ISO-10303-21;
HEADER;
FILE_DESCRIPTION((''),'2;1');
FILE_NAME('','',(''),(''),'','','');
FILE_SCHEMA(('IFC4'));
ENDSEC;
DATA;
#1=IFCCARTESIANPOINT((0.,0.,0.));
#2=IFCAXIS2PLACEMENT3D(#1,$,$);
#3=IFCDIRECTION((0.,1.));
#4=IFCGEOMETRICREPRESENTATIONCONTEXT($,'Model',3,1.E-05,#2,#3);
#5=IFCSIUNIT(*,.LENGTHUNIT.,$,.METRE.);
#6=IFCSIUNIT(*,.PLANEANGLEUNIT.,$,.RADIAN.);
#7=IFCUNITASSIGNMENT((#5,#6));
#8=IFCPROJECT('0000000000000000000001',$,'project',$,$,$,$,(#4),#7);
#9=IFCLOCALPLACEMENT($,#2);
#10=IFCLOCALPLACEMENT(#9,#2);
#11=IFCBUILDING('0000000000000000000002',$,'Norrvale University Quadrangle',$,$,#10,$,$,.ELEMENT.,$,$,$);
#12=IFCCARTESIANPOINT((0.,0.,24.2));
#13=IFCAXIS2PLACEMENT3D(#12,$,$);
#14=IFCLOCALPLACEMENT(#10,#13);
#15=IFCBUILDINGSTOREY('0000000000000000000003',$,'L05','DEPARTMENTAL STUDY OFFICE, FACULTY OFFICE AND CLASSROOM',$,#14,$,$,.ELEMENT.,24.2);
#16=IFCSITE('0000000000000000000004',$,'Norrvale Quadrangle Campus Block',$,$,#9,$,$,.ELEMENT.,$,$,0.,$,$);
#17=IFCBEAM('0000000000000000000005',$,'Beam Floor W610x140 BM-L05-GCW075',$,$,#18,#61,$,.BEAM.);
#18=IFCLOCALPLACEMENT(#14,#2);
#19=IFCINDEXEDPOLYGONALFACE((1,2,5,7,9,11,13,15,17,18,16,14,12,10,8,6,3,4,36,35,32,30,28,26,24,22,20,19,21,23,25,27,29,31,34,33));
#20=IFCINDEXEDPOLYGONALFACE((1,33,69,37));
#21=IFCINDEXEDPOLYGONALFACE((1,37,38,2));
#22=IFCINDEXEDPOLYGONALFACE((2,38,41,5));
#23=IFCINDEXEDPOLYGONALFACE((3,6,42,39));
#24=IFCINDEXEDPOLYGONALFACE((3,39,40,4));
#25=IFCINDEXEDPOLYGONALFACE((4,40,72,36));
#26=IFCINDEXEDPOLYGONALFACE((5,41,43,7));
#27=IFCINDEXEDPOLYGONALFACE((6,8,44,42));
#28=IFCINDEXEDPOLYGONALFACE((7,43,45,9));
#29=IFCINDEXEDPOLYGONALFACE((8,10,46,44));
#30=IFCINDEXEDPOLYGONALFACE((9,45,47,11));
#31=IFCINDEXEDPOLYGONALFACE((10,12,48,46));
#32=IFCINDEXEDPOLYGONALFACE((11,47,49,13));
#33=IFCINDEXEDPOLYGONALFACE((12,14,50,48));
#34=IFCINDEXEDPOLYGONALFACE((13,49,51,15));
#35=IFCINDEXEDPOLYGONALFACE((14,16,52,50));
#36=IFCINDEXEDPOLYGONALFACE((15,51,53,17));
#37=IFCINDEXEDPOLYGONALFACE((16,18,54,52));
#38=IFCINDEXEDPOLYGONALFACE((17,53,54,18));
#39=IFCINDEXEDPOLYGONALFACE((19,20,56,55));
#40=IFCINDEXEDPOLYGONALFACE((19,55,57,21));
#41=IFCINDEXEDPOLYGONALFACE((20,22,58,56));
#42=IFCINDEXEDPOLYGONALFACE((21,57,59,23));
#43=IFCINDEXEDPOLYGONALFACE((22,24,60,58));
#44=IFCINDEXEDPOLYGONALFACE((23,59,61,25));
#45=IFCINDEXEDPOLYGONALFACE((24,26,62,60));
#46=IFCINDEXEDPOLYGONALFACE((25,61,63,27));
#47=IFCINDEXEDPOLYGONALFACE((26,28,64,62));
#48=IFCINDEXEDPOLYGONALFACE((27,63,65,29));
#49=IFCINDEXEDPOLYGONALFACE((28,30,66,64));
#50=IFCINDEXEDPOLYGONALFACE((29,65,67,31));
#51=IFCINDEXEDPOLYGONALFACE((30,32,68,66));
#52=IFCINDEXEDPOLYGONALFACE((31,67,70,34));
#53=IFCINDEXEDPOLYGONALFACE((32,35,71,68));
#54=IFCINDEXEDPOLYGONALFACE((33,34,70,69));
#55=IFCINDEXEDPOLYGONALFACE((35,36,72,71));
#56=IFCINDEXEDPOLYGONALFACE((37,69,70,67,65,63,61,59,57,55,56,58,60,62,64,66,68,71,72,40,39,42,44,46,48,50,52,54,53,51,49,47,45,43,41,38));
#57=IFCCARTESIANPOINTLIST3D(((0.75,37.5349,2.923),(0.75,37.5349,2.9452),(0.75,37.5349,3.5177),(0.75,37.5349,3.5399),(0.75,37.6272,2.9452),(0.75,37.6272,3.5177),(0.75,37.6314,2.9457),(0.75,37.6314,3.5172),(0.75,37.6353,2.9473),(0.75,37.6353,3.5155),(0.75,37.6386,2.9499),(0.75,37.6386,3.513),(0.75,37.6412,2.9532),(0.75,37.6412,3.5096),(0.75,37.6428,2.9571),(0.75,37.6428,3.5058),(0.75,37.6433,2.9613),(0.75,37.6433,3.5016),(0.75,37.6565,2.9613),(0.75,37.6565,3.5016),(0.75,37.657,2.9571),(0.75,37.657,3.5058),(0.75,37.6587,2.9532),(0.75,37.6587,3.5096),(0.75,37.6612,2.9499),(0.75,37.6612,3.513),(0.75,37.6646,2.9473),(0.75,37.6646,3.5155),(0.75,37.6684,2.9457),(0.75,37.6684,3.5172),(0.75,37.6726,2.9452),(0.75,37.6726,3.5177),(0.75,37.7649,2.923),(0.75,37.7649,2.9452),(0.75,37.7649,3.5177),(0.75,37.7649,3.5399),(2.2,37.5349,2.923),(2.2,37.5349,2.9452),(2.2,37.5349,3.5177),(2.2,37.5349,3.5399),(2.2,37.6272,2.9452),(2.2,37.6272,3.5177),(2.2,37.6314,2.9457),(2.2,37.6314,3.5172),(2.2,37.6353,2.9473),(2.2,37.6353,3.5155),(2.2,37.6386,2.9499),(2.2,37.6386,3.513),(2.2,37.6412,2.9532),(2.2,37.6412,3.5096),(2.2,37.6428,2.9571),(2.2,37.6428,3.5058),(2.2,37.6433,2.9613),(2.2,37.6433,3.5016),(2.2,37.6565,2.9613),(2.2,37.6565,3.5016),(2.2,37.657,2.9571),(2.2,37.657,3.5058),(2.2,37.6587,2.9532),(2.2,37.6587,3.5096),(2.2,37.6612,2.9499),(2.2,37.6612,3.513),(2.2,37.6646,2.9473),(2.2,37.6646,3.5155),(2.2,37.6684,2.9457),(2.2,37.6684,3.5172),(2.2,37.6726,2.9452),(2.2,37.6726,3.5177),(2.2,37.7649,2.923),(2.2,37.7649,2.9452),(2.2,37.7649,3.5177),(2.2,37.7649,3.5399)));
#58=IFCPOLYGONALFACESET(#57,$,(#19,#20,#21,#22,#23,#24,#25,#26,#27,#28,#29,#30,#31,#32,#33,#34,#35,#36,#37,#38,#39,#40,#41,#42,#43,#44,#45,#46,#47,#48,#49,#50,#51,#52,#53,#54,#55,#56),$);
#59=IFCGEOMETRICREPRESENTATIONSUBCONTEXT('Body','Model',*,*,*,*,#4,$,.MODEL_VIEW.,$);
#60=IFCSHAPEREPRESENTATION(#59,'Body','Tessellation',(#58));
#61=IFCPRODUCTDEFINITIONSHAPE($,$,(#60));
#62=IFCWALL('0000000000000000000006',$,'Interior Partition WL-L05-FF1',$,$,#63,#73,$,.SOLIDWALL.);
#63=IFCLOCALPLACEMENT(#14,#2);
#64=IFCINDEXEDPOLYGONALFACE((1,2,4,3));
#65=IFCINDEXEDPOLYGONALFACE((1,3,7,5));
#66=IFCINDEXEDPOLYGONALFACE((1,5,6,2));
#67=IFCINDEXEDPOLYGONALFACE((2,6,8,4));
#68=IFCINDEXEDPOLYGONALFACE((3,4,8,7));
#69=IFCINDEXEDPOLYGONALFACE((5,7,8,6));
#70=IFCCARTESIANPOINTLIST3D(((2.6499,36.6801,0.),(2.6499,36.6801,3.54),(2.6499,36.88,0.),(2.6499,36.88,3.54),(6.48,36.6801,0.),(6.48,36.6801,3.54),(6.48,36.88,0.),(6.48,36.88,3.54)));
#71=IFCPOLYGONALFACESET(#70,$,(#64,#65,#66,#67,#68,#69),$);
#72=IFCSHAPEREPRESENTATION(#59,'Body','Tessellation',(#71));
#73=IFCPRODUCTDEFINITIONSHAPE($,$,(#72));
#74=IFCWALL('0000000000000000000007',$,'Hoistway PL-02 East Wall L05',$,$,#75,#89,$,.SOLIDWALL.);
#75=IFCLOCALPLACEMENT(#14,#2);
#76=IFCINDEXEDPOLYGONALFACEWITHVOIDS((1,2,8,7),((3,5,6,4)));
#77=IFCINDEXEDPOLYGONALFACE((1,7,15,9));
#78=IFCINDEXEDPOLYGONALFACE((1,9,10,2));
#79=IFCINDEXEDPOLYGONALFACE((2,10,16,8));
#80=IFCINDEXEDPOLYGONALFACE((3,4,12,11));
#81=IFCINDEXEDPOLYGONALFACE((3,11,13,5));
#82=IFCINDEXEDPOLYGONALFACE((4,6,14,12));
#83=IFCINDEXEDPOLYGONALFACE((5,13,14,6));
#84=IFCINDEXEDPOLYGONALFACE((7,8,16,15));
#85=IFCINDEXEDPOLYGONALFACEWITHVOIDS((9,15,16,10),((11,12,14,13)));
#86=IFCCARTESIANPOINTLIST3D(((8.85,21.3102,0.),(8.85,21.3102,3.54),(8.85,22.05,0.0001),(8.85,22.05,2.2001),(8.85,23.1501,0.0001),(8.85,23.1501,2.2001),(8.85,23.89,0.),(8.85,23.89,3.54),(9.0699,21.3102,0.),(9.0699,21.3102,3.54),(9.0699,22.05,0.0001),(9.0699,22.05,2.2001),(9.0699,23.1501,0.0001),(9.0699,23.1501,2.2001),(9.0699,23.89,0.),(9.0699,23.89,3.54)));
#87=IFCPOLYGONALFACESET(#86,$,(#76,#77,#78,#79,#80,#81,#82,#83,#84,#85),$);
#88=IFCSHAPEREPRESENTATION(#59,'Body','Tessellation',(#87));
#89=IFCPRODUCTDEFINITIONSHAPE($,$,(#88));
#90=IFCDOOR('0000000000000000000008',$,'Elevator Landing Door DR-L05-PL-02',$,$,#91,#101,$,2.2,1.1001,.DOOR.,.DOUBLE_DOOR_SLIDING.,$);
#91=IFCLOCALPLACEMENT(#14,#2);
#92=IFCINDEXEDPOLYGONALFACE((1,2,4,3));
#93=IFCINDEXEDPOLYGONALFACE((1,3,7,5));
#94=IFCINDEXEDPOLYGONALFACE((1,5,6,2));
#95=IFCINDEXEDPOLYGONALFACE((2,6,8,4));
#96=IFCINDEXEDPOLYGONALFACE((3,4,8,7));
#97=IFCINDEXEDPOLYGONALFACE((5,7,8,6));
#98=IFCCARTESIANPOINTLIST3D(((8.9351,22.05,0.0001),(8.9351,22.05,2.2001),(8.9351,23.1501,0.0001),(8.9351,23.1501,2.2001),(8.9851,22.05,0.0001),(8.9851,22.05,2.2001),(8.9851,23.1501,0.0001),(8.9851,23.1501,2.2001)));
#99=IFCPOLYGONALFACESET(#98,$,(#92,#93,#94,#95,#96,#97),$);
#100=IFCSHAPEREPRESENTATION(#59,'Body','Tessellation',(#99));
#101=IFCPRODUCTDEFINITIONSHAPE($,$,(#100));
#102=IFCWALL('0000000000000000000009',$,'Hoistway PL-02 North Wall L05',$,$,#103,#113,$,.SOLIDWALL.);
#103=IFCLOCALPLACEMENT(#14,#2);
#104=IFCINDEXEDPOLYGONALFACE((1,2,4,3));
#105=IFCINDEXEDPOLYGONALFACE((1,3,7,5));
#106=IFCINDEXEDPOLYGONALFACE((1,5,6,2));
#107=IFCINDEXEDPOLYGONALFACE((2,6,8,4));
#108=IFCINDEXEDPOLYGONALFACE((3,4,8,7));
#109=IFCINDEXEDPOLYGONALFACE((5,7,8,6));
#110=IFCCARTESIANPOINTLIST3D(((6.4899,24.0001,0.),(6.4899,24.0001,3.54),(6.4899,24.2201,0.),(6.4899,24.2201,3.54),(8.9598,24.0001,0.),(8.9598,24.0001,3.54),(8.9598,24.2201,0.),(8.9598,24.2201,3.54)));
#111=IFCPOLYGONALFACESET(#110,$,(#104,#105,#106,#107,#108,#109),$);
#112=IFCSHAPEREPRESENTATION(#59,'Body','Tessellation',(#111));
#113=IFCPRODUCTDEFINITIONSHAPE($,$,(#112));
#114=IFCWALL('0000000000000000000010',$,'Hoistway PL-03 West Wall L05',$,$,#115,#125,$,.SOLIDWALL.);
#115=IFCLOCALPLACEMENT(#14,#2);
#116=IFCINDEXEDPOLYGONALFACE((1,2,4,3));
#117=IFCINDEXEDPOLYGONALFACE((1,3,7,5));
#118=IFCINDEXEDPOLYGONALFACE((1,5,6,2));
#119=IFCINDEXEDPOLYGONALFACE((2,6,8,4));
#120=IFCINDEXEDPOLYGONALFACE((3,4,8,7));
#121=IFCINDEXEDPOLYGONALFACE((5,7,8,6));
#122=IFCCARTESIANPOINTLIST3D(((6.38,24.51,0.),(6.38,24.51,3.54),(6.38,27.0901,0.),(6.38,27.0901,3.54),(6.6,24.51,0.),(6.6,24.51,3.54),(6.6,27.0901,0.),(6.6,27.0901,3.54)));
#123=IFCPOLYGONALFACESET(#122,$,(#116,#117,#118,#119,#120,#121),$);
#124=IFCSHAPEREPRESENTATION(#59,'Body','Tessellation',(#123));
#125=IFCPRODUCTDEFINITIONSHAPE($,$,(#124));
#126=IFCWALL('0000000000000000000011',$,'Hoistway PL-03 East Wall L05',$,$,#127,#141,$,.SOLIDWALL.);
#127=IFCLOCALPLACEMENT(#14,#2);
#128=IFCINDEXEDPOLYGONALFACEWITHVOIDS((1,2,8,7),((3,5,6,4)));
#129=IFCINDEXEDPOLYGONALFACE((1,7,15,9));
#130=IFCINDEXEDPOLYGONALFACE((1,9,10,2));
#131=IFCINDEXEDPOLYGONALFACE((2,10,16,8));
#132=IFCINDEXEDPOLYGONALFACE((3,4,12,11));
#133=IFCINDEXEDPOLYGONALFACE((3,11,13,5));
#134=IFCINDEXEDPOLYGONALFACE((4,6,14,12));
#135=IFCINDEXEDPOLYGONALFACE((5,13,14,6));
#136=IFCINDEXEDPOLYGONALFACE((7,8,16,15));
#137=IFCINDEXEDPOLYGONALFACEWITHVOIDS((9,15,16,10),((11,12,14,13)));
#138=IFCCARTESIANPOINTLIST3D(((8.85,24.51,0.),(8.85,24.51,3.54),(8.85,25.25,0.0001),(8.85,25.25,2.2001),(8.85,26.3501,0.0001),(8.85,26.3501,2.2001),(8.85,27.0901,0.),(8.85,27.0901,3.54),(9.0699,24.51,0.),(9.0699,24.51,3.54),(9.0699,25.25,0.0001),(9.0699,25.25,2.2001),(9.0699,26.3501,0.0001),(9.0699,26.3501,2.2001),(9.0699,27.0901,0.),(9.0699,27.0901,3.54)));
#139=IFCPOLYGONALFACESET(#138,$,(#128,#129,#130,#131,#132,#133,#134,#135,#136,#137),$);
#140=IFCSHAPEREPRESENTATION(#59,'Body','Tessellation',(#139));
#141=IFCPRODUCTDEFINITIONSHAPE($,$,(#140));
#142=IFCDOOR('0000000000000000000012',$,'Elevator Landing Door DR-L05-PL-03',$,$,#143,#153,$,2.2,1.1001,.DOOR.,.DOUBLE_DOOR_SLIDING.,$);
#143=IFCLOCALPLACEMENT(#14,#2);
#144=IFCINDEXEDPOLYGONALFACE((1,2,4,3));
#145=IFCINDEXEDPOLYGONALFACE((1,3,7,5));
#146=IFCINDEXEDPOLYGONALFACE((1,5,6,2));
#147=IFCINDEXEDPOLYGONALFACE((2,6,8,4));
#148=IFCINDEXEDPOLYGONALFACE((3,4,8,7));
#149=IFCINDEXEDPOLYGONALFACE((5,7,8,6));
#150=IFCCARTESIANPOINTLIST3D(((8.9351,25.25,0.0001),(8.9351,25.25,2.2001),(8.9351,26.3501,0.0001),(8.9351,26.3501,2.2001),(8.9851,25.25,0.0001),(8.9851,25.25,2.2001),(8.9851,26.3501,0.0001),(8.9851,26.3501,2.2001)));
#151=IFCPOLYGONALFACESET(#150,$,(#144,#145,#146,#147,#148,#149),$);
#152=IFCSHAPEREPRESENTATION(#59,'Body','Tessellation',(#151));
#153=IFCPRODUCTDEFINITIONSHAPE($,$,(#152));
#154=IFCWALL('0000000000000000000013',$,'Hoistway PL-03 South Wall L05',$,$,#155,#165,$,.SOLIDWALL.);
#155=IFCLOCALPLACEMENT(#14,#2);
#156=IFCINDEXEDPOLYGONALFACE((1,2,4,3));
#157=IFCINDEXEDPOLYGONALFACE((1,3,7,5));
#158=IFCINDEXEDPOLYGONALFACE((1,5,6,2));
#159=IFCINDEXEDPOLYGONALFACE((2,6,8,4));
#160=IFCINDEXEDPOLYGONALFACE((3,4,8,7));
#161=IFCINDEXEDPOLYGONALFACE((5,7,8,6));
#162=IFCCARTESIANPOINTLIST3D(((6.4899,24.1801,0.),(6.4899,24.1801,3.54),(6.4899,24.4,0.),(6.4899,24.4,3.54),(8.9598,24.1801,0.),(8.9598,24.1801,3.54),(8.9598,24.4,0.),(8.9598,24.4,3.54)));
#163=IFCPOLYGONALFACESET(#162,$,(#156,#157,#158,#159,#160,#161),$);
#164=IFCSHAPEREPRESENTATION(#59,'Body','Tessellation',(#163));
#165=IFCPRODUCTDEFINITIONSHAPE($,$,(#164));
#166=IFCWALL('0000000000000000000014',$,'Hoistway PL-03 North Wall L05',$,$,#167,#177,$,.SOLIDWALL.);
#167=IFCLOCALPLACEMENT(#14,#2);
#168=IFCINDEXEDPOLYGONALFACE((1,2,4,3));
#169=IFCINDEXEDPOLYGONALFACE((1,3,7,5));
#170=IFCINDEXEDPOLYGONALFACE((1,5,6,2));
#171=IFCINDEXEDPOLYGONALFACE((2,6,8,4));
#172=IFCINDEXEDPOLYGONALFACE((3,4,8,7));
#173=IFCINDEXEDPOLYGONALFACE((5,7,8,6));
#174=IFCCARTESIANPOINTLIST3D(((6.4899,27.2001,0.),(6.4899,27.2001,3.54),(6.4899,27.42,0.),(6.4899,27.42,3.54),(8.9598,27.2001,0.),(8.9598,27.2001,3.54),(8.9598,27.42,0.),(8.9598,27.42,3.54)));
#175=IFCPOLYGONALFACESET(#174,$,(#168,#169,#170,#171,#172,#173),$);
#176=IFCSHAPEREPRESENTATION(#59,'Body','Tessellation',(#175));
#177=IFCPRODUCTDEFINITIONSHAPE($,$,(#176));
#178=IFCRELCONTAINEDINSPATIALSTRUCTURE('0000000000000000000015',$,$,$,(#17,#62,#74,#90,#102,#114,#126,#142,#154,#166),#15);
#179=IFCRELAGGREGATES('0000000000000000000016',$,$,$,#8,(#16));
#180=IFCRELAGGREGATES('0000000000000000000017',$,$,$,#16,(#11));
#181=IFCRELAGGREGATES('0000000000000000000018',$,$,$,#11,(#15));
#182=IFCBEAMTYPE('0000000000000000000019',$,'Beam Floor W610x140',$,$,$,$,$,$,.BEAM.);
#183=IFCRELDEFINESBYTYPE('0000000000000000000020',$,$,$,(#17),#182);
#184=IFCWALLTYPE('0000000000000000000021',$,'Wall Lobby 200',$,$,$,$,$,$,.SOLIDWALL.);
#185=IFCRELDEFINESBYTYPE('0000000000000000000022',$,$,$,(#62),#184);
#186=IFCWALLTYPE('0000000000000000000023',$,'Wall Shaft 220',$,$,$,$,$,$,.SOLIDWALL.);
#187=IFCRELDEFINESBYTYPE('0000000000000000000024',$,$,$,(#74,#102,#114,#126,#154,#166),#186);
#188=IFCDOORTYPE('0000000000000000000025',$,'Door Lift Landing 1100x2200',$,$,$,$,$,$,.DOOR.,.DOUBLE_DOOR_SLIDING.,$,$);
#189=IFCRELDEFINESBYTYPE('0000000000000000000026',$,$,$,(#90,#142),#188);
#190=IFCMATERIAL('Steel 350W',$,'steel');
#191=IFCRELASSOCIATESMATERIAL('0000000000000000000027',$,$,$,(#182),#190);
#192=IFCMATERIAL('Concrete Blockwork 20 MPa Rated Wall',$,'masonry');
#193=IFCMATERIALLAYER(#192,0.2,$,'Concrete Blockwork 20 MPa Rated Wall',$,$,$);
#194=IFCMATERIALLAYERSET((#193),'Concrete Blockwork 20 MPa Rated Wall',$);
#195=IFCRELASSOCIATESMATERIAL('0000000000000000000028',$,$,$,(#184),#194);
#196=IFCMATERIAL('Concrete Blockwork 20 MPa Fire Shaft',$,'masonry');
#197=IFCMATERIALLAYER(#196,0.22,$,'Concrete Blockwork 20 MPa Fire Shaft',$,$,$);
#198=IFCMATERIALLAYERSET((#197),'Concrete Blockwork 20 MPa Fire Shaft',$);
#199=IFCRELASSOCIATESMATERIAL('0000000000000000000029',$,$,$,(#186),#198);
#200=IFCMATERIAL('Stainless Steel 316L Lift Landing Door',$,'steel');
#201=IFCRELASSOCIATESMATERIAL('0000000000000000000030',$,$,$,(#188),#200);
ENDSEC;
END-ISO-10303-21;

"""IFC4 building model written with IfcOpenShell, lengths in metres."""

from ifc_helpers import new_model, si_unit, direction, frame, frame_2d, origin, origin_2d, place, context, subcontext, project, spatial, rectangle, i_section, extrude, material, layer, layer_set, material_profile, profile_set, type_object, element, fill, save


model = new_model("IFC4")

# Units and contexts
model_context = context("Model", 3, precision=1e-05, world=origin(), true_north=direction((0.0, 1.0)))
body_context = subcontext(model_context, "Body", "Model", "MODEL_VIEW")
ifc_project = project(units=[si_unit("LENGTHUNIT", "METRE"), si_unit("PLANEANGLEUNIT", "RADIAN")], contexts=[model_context])

# Site, building, storey
site_placement = place(None, origin())
site = spatial("IfcSite", under=ifc_project, at=site_placement, Name="Norrvale Quadrangle Campus Block", CompositionType="ELEMENT", RefElevation=0.0)
building_placement = place(site_placement, origin())
building = spatial("IfcBuilding", under=site, at=building_placement, Name="Norrvale University Quadrangle", CompositionType="ELEMENT")
storey_placement = place(building_placement, frame((0.0, 0.0, 24.2)))
storey = spatial("IfcBuildingStorey", under=building, at=storey_placement, Name="L05", Description="DEPARTMENTAL STUDY OFFICE, FACULTY OFFICE AND CLASSROOM", CompositionType="ELEMENT", Elevation=24.2)

# Beam
ifc_material_1 = material(Name="Steel 350W", Category="steel")
ifc_material_profile_1 = material_profile(ifc_material_1, i_section(OverallWidth=0.23, OverallDepth=0.6169, WebThickness=0.0132, FlangeThickness=0.0222, FilletRadius=0.0161, at=origin_2d()), Name="Steel 350W")
ifc_profile_set_1 = profile_set([ifc_material_profile_1], Name="Steel 350W")
beam_type = type_object("IfcBeamType", Name="Beam Floor W610x140", PredefinedType="BEAM", material=ifc_profile_set_1)
for number, where, z_axis, x_axis, name in (
    (1, (0.75, 37.6499, 3.2314), (1.0, 0.0, 0.0), (0.0, 1.0, 0.0), "Beam Floor W610x140 BM-L05-GCW075"),
):
    element("IfcBeam", number, at=place(storey_placement, frame(where, z_axis=z_axis, x_axis=x_axis)), inside=storey, type_object=beam_type, Name=name, PredefinedType="BEAM", context=body_context, shape_type="SweptSolid", body=[
        extrude(i_section(OverallWidth=0.23, OverallDepth=0.6169, WebThickness=0.0132, FlangeThickness=0.0222, FilletRadius=0.0161, at=origin_2d()), origin(), (0.0, 0.0, 1.0), 1.45),
    ])

# Wall
ifc_material_2 = material(Name="Concrete Blockwork 20 MPa Rated Wall", Category="masonry")
ifc_layer_1 = layer(ifc_material_2, 0.2, Name="Concrete Blockwork 20 MPa Rated Wall")
ifc_layer_set_1 = layer_set([ifc_layer_1], Name="Concrete Blockwork 20 MPa Rated Wall")
wall_type_1 = type_object("IfcWallType", Name="Wall Lobby 200", PredefinedType="SOLIDWALL", material=ifc_layer_set_1)
wall_1_placement = place(storey_placement, frame((2.6499, 36.78, 0.0), z_axis=(0.0, 0.0, 1.0), x_axis=(1.0, 0.0, 0.0)))
element("IfcWall", 2, at=wall_1_placement, inside=storey, type_object=wall_type_1, Name="Interior Partition WL-L05-FF1", PredefinedType="SOLIDWALL", context=body_context, shape_type="SweptSolid", body=[
    extrude(rectangle(XDim=3.8301, YDim=0.2, at=frame_2d((1.915, 0.0))), origin(), (0.0, 0.0, 1.0), 3.54),
])

# Wall, opening, door
ifc_material_3 = material(Name="Concrete Blockwork 20 MPa Fire Shaft", Category="masonry")
ifc_layer_2 = layer(ifc_material_3, 0.22, Name="Concrete Blockwork 20 MPa Fire Shaft")
ifc_layer_set_2 = layer_set([ifc_layer_2], Name="Concrete Blockwork 20 MPa Fire Shaft")
wall_type_2 = type_object("IfcWallType", Name="Wall Shaft 220", PredefinedType="SOLIDWALL", material=ifc_layer_set_2)
wall_2_placement = place(storey_placement, frame((8.96, 21.3101, 0.0), z_axis=(0.0, 0.0, 1.0), x_axis=(0.0, 1.0, 0.0)))
wall_2 = element("IfcWall", 3, at=wall_2_placement, inside=storey, type_object=wall_type_2, Name="Hoistway PL-02 East Wall L05", PredefinedType="SOLIDWALL", context=body_context, shape_type="SweptSolid", body=[
    extrude(rectangle(XDim=2.5798, YDim=0.22, at=frame_2d((1.29, 0.0))), origin(), (0.0, 0.0, 1.0), 3.54),
])
opening_1_placement = place(wall_2_placement, frame((0.74, 0.0, 0.0)))
opening_1 = element("IfcOpeningElement", 4, at=opening_1_placement, cuts=wall_2, PredefinedType="OPENING", context=body_context, shape_type="SweptSolid", body=[
    extrude(rectangle(XDim=1.1001, YDim=2.2, at=frame_2d((0.55, 1.1001))), frame((0.0, 0.1221, 0.0), z_axis=(0.0, -1.0, 0.0), x_axis=(1.0, 0.0, 0.0)), (0.0, 0.0, 1.0), 0.2439),
])
ifc_material_4 = material(Name="Stainless Steel 316L Lift Landing Door", Category="steel")
door_type_1 = type_object("IfcDoorType", Name="Door Lift Landing 1100x2200", OperationType="DOUBLE_DOOR_SLIDING", PredefinedType="DOOR", material=ifc_material_4)
door_1_placement = place(opening_1_placement, origin())
door_1 = element("IfcDoor", 5, at=door_1_placement, inside=storey, type_object=door_type_1, Name="Elevator Landing Door DR-L05-PL-02", OperationType="DOUBLE_DOOR_SLIDING", OverallHeight=2.2, OverallWidth=1.1001, PredefinedType="DOOR", context=body_context, shape_type="SweptSolid", body=[
    extrude(rectangle(XDim=1.1001, YDim=2.2, at=frame_2d((0.55, 1.1001))), frame((0.0, 0.0249, 0.0), z_axis=(0.0, -1.0, 0.0), x_axis=(1.0, 0.0, 0.0)), (0.0, 0.0, 1.0), 0.05),
])
fill(opening_1, door_1)

# Walls
wall_3_placement = place(storey_placement, frame((6.49, 24.1101, 0.0), z_axis=(0.0, 0.0, 1.0), x_axis=(1.0, 0.0, 0.0)))
element("IfcWall", 6, at=wall_3_placement, inside=storey, type_object=wall_type_2, Name="Hoistway PL-02 North Wall L05", PredefinedType="SOLIDWALL", context=body_context, shape_type="SweptSolid", body=[
    extrude(rectangle(XDim=2.47, YDim=0.22, at=frame_2d((1.2349, 0.0))), origin(), (0.0, 0.0, 1.0), 3.54),
])
wall_4_placement = place(storey_placement, frame((6.49, 24.51, 0.0), z_axis=(0.0, 0.0, 1.0), x_axis=(0.0, 1.0, 0.0)))
element("IfcWall", 7, at=wall_4_placement, inside=storey, type_object=wall_type_2, Name="Hoistway PL-03 West Wall L05", PredefinedType="SOLIDWALL", context=body_context, shape_type="SweptSolid", body=[
    extrude(rectangle(XDim=2.5801, YDim=0.22, at=frame_2d((1.29, 0.0))), origin(), (0.0, 0.0, 1.0), 3.54),
])

# Wall, opening, door
wall_5_placement = place(storey_placement, frame((8.96, 24.51, 0.0), z_axis=(0.0, 0.0, 1.0), x_axis=(0.0, 1.0, 0.0)))
wall_5 = element("IfcWall", 8, at=wall_5_placement, inside=storey, type_object=wall_type_2, Name="Hoistway PL-03 East Wall L05", PredefinedType="SOLIDWALL", context=body_context, shape_type="SweptSolid", body=[
    extrude(rectangle(XDim=2.5801, YDim=0.22, at=frame_2d((1.29, 0.0))), origin(), (0.0, 0.0, 1.0), 3.54),
])
opening_2_placement = place(wall_5_placement, frame((0.74, 0.0, 0.0)))
opening_2 = element("IfcOpeningElement", 9, at=opening_2_placement, cuts=wall_5, PredefinedType="OPENING", context=body_context, shape_type="SweptSolid", body=[
    extrude(rectangle(XDim=1.1001, YDim=2.2, at=frame_2d((0.55, 1.1001))), frame((0.0, 0.1221, 0.0), z_axis=(0.0, -1.0, 0.0), x_axis=(1.0, 0.0, 0.0)), (0.0, 0.0, 1.0), 0.2439),
])
door_2_placement = place(opening_2_placement, origin())
door_2 = element("IfcDoor", 10, at=door_2_placement, inside=storey, type_object=door_type_1, Name="Elevator Landing Door DR-L05-PL-03", OperationType="DOUBLE_DOOR_SLIDING", OverallHeight=2.2, OverallWidth=1.1001, PredefinedType="DOOR", context=body_context, shape_type="SweptSolid", body=[
    extrude(rectangle(XDim=1.1001, YDim=2.2, at=frame_2d((0.55, 1.1001))), frame((0.0, 0.0249, 0.0), z_axis=(0.0, -1.0, 0.0), x_axis=(1.0, 0.0, 0.0)), (0.0, 0.0, 1.0), 0.05),
])
fill(opening_2, door_2)

# Walls
for number, where, z_axis, x_axis, name in (
    (11, (6.49, 24.29, 0.0), (0.0, 0.0, 1.0), (1.0, 0.0, 0.0), "Hoistway PL-03 South Wall L05"),
    (12, (6.49, 27.3101, 0.0), (0.0, 0.0, 1.0), (1.0, 0.0, 0.0), "Hoistway PL-03 North Wall L05"),
):
    element("IfcWall", number, at=place(storey_placement, frame(where, z_axis=z_axis, x_axis=x_axis)), inside=storey, type_object=wall_type_2, Name=name, PredefinedType="SOLIDWALL", context=body_context, shape_type="SweptSolid", body=[
        extrude(rectangle(XDim=2.47, YDim=0.22, at=frame_2d((1.2349, 0.0))), origin(), (0.0, 0.0, 1.0), 3.54),
    ])

save(model, "model.ifc")
